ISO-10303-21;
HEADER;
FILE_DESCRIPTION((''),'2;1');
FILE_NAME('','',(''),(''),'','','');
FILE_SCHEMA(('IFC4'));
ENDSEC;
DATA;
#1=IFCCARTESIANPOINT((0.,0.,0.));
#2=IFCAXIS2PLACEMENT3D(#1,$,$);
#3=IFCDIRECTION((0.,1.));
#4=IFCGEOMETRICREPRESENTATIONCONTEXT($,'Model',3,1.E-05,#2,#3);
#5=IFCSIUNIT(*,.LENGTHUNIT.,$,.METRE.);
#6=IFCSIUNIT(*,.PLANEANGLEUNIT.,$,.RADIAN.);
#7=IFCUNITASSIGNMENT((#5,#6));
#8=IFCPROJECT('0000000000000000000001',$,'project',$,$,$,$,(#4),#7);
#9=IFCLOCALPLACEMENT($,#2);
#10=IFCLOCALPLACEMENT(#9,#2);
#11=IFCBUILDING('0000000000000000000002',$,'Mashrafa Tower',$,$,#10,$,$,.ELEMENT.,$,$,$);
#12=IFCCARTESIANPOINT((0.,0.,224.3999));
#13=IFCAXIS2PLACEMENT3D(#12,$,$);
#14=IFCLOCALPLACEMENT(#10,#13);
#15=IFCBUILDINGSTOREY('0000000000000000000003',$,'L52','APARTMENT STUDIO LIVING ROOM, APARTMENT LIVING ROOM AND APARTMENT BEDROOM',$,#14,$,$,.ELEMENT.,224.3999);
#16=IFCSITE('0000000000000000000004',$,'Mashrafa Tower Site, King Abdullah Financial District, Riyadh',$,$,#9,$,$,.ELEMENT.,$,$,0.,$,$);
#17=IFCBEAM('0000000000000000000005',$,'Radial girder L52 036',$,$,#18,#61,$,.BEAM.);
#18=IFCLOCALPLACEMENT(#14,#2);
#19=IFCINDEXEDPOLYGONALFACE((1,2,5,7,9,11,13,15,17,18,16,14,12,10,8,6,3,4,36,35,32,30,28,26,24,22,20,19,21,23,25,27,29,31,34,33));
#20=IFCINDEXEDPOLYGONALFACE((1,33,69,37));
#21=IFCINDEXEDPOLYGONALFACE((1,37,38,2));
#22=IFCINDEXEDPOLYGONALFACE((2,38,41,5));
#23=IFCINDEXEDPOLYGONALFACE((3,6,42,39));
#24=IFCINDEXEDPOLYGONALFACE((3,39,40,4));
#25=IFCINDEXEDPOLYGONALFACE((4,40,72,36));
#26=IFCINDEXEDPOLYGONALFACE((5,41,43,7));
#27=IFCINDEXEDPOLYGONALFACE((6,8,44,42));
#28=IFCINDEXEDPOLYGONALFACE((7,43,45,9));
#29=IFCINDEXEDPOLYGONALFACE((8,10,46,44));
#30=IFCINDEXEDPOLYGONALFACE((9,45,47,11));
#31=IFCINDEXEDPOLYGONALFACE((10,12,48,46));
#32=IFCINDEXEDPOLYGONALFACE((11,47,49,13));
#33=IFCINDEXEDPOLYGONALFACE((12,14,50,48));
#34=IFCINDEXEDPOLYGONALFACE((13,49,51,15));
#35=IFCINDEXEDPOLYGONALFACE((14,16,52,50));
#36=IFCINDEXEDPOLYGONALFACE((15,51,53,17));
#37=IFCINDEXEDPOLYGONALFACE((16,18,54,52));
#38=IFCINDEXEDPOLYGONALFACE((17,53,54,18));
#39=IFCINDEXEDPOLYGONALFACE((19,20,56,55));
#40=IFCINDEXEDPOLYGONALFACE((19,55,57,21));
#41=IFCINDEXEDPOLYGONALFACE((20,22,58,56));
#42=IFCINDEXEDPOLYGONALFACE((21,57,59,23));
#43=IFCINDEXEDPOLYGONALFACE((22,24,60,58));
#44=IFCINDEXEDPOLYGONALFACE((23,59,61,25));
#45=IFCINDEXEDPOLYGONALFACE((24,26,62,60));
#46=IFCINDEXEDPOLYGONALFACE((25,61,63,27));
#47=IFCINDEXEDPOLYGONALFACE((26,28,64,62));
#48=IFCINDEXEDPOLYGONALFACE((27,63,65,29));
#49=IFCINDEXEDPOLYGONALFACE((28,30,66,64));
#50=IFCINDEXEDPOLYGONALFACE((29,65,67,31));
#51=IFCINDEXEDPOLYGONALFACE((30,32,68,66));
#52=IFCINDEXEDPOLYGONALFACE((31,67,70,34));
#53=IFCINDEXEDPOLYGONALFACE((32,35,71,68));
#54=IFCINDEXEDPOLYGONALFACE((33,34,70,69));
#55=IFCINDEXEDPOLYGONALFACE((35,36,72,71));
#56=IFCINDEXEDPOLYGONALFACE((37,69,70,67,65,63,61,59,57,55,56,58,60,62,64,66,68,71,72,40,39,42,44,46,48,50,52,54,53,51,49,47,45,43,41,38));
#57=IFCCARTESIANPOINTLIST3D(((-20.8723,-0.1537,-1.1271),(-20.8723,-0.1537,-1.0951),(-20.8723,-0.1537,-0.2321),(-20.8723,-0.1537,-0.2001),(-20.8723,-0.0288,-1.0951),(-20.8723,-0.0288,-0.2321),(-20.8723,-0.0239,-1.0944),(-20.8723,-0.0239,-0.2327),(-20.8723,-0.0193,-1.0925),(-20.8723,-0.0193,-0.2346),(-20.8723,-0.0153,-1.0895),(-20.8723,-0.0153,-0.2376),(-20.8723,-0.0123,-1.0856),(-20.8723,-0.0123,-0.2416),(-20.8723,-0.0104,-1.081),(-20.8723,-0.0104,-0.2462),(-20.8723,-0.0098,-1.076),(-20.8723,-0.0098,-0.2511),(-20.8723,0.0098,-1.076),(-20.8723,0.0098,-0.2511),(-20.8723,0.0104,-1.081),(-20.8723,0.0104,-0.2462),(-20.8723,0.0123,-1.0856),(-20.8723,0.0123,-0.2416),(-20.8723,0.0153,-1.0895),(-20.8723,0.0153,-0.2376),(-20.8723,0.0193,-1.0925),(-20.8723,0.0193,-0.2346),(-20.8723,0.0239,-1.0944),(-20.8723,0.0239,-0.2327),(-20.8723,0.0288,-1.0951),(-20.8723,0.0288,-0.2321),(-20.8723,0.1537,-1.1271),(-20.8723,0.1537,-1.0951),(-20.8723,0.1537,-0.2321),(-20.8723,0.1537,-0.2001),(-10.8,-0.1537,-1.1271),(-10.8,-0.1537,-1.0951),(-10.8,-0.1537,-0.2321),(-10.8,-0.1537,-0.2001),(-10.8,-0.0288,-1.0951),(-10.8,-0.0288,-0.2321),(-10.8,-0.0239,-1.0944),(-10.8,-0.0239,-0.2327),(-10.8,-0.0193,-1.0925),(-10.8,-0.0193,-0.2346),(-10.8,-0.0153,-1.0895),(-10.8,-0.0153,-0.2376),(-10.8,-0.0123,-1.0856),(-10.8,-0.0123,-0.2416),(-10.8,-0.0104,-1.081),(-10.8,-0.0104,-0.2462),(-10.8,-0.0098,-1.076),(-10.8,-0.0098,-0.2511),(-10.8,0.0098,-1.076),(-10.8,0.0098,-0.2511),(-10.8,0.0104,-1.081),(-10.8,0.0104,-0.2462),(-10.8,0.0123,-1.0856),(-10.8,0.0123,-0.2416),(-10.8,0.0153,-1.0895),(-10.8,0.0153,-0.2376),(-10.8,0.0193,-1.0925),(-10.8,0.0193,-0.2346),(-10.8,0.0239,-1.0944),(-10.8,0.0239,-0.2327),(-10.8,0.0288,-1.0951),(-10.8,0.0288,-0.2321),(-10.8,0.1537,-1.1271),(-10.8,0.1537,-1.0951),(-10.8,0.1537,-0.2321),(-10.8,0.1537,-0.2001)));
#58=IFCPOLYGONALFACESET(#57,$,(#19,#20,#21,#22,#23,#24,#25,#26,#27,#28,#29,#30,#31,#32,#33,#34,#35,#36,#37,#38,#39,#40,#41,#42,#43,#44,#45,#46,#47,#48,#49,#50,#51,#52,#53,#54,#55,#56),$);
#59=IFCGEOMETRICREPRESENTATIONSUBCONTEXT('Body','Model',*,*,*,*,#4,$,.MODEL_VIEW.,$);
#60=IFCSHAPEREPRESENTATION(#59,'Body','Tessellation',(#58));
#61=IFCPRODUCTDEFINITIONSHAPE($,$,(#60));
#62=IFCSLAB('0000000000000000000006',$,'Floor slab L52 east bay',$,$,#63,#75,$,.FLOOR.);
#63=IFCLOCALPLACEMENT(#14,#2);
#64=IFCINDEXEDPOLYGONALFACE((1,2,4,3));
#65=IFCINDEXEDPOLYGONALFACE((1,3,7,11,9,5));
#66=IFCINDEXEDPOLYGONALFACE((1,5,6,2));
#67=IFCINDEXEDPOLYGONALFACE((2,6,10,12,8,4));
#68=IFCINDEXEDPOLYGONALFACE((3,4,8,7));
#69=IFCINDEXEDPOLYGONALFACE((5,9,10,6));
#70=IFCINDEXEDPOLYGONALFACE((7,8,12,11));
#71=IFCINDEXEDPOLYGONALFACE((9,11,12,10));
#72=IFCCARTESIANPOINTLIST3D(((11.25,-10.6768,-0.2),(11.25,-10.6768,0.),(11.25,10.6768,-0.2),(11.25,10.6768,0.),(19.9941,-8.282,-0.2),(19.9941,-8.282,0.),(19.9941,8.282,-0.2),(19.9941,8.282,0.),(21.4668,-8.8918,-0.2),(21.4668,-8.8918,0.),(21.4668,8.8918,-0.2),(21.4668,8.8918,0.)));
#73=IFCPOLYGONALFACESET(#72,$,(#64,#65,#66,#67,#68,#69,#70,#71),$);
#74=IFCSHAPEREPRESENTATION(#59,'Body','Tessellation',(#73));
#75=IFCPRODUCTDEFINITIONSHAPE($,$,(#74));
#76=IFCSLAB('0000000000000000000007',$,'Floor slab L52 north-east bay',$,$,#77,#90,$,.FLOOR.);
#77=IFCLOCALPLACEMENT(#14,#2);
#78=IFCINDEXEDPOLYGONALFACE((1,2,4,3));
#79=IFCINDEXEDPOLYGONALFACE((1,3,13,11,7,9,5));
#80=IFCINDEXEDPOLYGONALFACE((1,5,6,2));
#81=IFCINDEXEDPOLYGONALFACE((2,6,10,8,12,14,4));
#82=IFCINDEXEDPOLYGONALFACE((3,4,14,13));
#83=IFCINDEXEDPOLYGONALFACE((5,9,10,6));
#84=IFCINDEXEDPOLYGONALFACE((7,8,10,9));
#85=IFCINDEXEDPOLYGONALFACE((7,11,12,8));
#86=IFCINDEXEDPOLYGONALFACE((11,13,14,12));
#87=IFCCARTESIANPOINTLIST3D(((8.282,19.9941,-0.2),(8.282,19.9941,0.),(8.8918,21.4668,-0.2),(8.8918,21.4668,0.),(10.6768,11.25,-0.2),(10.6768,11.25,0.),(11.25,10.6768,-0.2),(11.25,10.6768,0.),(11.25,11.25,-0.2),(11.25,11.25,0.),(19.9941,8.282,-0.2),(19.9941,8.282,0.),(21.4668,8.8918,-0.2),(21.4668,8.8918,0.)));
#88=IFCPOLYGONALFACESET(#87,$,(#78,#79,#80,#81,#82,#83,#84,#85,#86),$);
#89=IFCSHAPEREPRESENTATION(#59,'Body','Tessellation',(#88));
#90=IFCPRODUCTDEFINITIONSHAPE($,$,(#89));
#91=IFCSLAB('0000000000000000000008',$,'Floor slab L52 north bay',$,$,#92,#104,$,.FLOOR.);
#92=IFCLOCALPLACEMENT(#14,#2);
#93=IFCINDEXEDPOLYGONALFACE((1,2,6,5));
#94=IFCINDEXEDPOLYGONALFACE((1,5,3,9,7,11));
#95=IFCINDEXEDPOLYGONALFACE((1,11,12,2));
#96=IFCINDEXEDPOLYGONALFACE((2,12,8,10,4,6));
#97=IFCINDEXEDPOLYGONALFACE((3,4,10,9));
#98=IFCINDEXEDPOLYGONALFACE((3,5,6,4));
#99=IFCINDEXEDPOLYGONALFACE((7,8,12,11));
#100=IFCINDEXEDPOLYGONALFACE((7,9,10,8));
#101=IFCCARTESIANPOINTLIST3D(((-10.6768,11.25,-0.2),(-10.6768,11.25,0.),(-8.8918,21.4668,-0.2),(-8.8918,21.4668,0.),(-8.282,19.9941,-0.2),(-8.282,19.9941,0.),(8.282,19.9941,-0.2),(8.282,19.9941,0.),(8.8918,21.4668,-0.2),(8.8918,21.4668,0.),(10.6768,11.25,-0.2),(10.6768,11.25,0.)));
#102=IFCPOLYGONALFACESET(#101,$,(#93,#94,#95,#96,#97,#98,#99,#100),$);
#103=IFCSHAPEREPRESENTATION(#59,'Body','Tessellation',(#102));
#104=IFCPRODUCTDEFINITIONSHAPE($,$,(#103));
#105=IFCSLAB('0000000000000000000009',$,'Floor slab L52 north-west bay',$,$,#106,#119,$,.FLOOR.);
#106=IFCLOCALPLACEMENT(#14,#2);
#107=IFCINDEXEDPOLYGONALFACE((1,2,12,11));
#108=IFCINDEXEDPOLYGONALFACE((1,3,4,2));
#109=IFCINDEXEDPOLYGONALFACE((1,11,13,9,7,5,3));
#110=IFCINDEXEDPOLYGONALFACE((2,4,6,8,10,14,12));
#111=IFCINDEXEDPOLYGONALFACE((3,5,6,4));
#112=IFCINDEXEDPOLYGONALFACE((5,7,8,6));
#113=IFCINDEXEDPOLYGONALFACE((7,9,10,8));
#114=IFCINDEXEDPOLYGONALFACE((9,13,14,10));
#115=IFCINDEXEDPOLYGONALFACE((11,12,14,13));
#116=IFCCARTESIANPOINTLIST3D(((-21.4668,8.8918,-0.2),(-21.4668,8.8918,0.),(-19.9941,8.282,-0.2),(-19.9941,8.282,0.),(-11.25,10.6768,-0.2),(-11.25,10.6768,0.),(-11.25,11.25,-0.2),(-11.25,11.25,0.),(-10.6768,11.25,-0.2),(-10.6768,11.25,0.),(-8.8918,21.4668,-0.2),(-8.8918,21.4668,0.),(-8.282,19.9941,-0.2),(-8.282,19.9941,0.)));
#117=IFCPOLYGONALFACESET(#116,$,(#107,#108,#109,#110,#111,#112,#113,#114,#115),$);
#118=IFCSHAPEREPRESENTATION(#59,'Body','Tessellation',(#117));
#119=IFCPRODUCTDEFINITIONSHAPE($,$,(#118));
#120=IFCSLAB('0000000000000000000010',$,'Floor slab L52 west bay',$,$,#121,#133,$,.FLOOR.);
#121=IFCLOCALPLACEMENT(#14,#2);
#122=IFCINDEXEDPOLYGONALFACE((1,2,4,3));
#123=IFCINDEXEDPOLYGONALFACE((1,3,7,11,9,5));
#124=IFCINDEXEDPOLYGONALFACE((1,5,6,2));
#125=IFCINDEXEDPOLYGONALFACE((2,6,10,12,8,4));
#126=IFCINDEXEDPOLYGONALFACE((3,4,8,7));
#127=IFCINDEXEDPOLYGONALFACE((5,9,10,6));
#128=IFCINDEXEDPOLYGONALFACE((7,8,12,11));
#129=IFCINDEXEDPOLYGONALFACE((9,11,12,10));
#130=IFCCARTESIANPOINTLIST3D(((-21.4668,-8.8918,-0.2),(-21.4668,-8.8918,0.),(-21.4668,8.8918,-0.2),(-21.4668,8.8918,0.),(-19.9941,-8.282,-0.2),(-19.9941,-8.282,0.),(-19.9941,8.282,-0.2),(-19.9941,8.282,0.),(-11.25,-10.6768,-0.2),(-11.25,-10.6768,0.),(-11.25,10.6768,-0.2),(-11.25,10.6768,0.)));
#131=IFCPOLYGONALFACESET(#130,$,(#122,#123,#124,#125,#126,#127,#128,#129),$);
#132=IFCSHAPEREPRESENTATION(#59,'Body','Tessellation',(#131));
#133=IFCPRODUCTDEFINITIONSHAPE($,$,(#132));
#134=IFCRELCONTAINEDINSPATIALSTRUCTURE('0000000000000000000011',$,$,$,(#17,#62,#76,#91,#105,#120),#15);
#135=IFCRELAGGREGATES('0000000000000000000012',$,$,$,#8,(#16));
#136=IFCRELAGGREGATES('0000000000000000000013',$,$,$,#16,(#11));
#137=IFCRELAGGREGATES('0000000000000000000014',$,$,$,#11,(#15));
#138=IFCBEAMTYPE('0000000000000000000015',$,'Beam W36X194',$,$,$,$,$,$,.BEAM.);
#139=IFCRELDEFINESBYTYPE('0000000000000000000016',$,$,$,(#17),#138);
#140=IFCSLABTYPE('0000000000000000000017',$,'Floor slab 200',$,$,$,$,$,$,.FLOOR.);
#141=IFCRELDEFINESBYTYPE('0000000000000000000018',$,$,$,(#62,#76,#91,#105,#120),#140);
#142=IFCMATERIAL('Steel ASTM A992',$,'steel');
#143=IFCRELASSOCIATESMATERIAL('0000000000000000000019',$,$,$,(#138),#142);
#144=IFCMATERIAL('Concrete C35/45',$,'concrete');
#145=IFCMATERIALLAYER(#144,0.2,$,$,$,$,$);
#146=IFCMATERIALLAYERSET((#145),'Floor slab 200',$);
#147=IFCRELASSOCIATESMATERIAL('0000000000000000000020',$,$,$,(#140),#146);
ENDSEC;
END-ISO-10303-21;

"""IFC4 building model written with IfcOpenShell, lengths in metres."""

from ifc_helpers import new_model, si_unit, direction, frame, origin, origin_2d, place, context, subcontext, project, spatial, polyline, i_section, outline, extrude, material, layer, layer_set, material_profile, profile_set, type_object, element, save


model = new_model("IFC4")

# Units and contexts
model_context = context("Model", 3, precision=1e-05, world=origin(), true_north=direction((0.0, 1.0)))
body_context = subcontext(model_context, "Body", "Model", "MODEL_VIEW")
ifc_project = project(units=[si_unit("LENGTHUNIT", "METRE"), si_unit("PLANEANGLEUNIT", "RADIAN")], contexts=[model_context])

# Site, building, storey
site_placement = place(None, origin())
site = spatial("IfcSite", under=ifc_project, at=site_placement, Name="Mashrafa Tower Site, King Abdullah Financial District, Riyadh", CompositionType="ELEMENT", RefElevation=0.0)
building_placement = place(site_placement, origin())
building = spatial("IfcBuilding", under=site, at=building_placement, Name="Mashrafa Tower", CompositionType="ELEMENT")
storey_placement = place(building_placement, frame((0.0, 0.0, 224.3999)))
storey = spatial("IfcBuildingStorey", under=building, at=storey_placement, Name="L52", Description="APARTMENT STUDIO LIVING ROOM, APARTMENT LIVING ROOM AND APARTMENT BEDROOM", CompositionType="ELEMENT", Elevation=224.3999)

# Beam
ifc_material_1 = material(Name="Steel ASTM A992", Category="steel")
ifc_material_profile = material_profile(ifc_material_1, i_section(OverallWidth=0.3074, OverallDepth=0.927, WebThickness=0.0195, FlangeThickness=0.032, FilletRadius=0.019, at=origin_2d()), Name="W36X194")
ifc_profile_set = profile_set([ifc_material_profile], Name="Steel ASTM A992")
beam_type = type_object("IfcBeamType", Name="Beam W36X194", PredefinedType="BEAM", material=ifc_profile_set)
beam_placement = place(storey_placement, frame((-10.8, 0.0, -0.6636), z_axis=(-1.0, 0.0, 0.0), x_axis=(0.0, -1.0, 0.0)))
element("IfcBeam", 1, at=beam_placement, inside=storey, type_object=beam_type, Name="Radial girder L52 036", PredefinedType="BEAM", context=body_context, shape_type="SweptSolid", body=[
    extrude(i_section(OverallWidth=0.3074, OverallDepth=0.927, WebThickness=0.0195, FlangeThickness=0.032, FilletRadius=0.019, at=origin_2d()), origin(), (0.0, 0.0, 1.0), 10.0723),
])

# Slabs
ifc_material_2 = material(Name="Concrete C35/45", Category="concrete")
ifc_layer_1 = layer(ifc_material_2, 0.2)
ifc_layer_set_1 = layer_set([ifc_layer_1], Name="Floor slab 200")
slab_type = type_object("IfcSlabType", Name="Floor slab 200", PredefinedType="FLOOR", material=ifc_layer_set_1)
slab_1_placement = place(storey_placement, frame((0.0, 0.0, -0.2)))
element("IfcSlab", 2, at=slab_1_placement, inside=storey, type_object=slab_type, Name="Floor slab L52 east bay", PredefinedType="FLOOR", context=body_context, shape_type="SweptSolid", body=[
    extrude(outline(polyline([(21.4668, 8.8918), (21.4668, -8.8918), (21.4668, -8.8918), (19.9941, -8.282), (11.25, -10.6768), (11.25, 10.6768), (19.9941, 8.282), (21.4668, 8.8918), (21.4668, 8.8918)])), origin(), (0.0, 0.0, 1.0), 0.2),
])
slab_2_placement = place(storey_placement, frame((0.0, 0.0, -0.2)))
element("IfcSlab", 3, at=slab_2_placement, inside=storey, type_object=slab_type, Name="Floor slab L52 north-east bay", PredefinedType="FLOOR", context=body_context, shape_type="SweptSolid", body=[
    extrude(outline(polyline([(21.4668, 8.8918), (19.9941, 8.282), (11.25, 10.6768), (11.25, 11.25), (10.6768, 11.25), (8.282, 19.9941), (8.8918, 21.4668), (21.4668, 8.8918)])), origin(), (0.0, 0.0, 1.0), 0.2),
])
slab_3_placement = place(storey_placement, frame((0.0, 0.0, -0.2)))
element("IfcSlab", 4, at=slab_3_placement, inside=storey, type_object=slab_type, Name="Floor slab L52 north bay", PredefinedType="FLOOR", context=body_context, shape_type="SweptSolid", body=[
    extrude(outline(polyline([(-8.8918, 21.4668), (8.8918, 21.4668), (8.8918, 21.4668), (8.282, 19.9941), (10.6768, 11.25), (-10.6768, 11.25), (-8.282, 19.9941), (-8.8918, 21.4668), (-8.8918, 21.4668)])), origin(), (0.0, 0.0, 1.0), 0.2),
])
slab_4_placement = place(storey_placement, frame((0.0, 0.0, -0.2)))
element("IfcSlab", 5, at=slab_4_placement, inside=storey, type_object=slab_type, Name="Floor slab L52 north-west bay", PredefinedType="FLOOR", context=body_context, shape_type="SweptSolid", body=[
    extrude(outline(polyline([(-8.8918, 21.4668), (-8.282, 19.9941), (-10.6768, 11.25), (-11.25, 11.25), (-11.25, 10.6768), (-19.9941, 8.282), (-21.4668, 8.8918), (-8.8918, 21.4668)])), origin(), (0.0, 0.0, 1.0), 0.2),
])
slab_5_placement = place(storey_placement, frame((0.0, 0.0, -0.2)))
element("IfcSlab", 6, at=slab_5_placement, inside=storey, type_object=slab_type, Name="Floor slab L52 west bay", PredefinedType="FLOOR", context=body_context, shape_type="SweptSolid", body=[
    extrude(outline(polyline([(-21.4668, -8.8918), (-21.4668, 8.8918), (-21.4668, 8.8918), (-19.9941, 8.282), (-11.25, 10.6768), (-11.25, -10.6768), (-19.9941, -8.282), (-21.4668, -8.8918), (-21.4668, -8.8918)])), origin(), (0.0, 0.0, 1.0), 0.2),
])

save(model, "model.ifc")
